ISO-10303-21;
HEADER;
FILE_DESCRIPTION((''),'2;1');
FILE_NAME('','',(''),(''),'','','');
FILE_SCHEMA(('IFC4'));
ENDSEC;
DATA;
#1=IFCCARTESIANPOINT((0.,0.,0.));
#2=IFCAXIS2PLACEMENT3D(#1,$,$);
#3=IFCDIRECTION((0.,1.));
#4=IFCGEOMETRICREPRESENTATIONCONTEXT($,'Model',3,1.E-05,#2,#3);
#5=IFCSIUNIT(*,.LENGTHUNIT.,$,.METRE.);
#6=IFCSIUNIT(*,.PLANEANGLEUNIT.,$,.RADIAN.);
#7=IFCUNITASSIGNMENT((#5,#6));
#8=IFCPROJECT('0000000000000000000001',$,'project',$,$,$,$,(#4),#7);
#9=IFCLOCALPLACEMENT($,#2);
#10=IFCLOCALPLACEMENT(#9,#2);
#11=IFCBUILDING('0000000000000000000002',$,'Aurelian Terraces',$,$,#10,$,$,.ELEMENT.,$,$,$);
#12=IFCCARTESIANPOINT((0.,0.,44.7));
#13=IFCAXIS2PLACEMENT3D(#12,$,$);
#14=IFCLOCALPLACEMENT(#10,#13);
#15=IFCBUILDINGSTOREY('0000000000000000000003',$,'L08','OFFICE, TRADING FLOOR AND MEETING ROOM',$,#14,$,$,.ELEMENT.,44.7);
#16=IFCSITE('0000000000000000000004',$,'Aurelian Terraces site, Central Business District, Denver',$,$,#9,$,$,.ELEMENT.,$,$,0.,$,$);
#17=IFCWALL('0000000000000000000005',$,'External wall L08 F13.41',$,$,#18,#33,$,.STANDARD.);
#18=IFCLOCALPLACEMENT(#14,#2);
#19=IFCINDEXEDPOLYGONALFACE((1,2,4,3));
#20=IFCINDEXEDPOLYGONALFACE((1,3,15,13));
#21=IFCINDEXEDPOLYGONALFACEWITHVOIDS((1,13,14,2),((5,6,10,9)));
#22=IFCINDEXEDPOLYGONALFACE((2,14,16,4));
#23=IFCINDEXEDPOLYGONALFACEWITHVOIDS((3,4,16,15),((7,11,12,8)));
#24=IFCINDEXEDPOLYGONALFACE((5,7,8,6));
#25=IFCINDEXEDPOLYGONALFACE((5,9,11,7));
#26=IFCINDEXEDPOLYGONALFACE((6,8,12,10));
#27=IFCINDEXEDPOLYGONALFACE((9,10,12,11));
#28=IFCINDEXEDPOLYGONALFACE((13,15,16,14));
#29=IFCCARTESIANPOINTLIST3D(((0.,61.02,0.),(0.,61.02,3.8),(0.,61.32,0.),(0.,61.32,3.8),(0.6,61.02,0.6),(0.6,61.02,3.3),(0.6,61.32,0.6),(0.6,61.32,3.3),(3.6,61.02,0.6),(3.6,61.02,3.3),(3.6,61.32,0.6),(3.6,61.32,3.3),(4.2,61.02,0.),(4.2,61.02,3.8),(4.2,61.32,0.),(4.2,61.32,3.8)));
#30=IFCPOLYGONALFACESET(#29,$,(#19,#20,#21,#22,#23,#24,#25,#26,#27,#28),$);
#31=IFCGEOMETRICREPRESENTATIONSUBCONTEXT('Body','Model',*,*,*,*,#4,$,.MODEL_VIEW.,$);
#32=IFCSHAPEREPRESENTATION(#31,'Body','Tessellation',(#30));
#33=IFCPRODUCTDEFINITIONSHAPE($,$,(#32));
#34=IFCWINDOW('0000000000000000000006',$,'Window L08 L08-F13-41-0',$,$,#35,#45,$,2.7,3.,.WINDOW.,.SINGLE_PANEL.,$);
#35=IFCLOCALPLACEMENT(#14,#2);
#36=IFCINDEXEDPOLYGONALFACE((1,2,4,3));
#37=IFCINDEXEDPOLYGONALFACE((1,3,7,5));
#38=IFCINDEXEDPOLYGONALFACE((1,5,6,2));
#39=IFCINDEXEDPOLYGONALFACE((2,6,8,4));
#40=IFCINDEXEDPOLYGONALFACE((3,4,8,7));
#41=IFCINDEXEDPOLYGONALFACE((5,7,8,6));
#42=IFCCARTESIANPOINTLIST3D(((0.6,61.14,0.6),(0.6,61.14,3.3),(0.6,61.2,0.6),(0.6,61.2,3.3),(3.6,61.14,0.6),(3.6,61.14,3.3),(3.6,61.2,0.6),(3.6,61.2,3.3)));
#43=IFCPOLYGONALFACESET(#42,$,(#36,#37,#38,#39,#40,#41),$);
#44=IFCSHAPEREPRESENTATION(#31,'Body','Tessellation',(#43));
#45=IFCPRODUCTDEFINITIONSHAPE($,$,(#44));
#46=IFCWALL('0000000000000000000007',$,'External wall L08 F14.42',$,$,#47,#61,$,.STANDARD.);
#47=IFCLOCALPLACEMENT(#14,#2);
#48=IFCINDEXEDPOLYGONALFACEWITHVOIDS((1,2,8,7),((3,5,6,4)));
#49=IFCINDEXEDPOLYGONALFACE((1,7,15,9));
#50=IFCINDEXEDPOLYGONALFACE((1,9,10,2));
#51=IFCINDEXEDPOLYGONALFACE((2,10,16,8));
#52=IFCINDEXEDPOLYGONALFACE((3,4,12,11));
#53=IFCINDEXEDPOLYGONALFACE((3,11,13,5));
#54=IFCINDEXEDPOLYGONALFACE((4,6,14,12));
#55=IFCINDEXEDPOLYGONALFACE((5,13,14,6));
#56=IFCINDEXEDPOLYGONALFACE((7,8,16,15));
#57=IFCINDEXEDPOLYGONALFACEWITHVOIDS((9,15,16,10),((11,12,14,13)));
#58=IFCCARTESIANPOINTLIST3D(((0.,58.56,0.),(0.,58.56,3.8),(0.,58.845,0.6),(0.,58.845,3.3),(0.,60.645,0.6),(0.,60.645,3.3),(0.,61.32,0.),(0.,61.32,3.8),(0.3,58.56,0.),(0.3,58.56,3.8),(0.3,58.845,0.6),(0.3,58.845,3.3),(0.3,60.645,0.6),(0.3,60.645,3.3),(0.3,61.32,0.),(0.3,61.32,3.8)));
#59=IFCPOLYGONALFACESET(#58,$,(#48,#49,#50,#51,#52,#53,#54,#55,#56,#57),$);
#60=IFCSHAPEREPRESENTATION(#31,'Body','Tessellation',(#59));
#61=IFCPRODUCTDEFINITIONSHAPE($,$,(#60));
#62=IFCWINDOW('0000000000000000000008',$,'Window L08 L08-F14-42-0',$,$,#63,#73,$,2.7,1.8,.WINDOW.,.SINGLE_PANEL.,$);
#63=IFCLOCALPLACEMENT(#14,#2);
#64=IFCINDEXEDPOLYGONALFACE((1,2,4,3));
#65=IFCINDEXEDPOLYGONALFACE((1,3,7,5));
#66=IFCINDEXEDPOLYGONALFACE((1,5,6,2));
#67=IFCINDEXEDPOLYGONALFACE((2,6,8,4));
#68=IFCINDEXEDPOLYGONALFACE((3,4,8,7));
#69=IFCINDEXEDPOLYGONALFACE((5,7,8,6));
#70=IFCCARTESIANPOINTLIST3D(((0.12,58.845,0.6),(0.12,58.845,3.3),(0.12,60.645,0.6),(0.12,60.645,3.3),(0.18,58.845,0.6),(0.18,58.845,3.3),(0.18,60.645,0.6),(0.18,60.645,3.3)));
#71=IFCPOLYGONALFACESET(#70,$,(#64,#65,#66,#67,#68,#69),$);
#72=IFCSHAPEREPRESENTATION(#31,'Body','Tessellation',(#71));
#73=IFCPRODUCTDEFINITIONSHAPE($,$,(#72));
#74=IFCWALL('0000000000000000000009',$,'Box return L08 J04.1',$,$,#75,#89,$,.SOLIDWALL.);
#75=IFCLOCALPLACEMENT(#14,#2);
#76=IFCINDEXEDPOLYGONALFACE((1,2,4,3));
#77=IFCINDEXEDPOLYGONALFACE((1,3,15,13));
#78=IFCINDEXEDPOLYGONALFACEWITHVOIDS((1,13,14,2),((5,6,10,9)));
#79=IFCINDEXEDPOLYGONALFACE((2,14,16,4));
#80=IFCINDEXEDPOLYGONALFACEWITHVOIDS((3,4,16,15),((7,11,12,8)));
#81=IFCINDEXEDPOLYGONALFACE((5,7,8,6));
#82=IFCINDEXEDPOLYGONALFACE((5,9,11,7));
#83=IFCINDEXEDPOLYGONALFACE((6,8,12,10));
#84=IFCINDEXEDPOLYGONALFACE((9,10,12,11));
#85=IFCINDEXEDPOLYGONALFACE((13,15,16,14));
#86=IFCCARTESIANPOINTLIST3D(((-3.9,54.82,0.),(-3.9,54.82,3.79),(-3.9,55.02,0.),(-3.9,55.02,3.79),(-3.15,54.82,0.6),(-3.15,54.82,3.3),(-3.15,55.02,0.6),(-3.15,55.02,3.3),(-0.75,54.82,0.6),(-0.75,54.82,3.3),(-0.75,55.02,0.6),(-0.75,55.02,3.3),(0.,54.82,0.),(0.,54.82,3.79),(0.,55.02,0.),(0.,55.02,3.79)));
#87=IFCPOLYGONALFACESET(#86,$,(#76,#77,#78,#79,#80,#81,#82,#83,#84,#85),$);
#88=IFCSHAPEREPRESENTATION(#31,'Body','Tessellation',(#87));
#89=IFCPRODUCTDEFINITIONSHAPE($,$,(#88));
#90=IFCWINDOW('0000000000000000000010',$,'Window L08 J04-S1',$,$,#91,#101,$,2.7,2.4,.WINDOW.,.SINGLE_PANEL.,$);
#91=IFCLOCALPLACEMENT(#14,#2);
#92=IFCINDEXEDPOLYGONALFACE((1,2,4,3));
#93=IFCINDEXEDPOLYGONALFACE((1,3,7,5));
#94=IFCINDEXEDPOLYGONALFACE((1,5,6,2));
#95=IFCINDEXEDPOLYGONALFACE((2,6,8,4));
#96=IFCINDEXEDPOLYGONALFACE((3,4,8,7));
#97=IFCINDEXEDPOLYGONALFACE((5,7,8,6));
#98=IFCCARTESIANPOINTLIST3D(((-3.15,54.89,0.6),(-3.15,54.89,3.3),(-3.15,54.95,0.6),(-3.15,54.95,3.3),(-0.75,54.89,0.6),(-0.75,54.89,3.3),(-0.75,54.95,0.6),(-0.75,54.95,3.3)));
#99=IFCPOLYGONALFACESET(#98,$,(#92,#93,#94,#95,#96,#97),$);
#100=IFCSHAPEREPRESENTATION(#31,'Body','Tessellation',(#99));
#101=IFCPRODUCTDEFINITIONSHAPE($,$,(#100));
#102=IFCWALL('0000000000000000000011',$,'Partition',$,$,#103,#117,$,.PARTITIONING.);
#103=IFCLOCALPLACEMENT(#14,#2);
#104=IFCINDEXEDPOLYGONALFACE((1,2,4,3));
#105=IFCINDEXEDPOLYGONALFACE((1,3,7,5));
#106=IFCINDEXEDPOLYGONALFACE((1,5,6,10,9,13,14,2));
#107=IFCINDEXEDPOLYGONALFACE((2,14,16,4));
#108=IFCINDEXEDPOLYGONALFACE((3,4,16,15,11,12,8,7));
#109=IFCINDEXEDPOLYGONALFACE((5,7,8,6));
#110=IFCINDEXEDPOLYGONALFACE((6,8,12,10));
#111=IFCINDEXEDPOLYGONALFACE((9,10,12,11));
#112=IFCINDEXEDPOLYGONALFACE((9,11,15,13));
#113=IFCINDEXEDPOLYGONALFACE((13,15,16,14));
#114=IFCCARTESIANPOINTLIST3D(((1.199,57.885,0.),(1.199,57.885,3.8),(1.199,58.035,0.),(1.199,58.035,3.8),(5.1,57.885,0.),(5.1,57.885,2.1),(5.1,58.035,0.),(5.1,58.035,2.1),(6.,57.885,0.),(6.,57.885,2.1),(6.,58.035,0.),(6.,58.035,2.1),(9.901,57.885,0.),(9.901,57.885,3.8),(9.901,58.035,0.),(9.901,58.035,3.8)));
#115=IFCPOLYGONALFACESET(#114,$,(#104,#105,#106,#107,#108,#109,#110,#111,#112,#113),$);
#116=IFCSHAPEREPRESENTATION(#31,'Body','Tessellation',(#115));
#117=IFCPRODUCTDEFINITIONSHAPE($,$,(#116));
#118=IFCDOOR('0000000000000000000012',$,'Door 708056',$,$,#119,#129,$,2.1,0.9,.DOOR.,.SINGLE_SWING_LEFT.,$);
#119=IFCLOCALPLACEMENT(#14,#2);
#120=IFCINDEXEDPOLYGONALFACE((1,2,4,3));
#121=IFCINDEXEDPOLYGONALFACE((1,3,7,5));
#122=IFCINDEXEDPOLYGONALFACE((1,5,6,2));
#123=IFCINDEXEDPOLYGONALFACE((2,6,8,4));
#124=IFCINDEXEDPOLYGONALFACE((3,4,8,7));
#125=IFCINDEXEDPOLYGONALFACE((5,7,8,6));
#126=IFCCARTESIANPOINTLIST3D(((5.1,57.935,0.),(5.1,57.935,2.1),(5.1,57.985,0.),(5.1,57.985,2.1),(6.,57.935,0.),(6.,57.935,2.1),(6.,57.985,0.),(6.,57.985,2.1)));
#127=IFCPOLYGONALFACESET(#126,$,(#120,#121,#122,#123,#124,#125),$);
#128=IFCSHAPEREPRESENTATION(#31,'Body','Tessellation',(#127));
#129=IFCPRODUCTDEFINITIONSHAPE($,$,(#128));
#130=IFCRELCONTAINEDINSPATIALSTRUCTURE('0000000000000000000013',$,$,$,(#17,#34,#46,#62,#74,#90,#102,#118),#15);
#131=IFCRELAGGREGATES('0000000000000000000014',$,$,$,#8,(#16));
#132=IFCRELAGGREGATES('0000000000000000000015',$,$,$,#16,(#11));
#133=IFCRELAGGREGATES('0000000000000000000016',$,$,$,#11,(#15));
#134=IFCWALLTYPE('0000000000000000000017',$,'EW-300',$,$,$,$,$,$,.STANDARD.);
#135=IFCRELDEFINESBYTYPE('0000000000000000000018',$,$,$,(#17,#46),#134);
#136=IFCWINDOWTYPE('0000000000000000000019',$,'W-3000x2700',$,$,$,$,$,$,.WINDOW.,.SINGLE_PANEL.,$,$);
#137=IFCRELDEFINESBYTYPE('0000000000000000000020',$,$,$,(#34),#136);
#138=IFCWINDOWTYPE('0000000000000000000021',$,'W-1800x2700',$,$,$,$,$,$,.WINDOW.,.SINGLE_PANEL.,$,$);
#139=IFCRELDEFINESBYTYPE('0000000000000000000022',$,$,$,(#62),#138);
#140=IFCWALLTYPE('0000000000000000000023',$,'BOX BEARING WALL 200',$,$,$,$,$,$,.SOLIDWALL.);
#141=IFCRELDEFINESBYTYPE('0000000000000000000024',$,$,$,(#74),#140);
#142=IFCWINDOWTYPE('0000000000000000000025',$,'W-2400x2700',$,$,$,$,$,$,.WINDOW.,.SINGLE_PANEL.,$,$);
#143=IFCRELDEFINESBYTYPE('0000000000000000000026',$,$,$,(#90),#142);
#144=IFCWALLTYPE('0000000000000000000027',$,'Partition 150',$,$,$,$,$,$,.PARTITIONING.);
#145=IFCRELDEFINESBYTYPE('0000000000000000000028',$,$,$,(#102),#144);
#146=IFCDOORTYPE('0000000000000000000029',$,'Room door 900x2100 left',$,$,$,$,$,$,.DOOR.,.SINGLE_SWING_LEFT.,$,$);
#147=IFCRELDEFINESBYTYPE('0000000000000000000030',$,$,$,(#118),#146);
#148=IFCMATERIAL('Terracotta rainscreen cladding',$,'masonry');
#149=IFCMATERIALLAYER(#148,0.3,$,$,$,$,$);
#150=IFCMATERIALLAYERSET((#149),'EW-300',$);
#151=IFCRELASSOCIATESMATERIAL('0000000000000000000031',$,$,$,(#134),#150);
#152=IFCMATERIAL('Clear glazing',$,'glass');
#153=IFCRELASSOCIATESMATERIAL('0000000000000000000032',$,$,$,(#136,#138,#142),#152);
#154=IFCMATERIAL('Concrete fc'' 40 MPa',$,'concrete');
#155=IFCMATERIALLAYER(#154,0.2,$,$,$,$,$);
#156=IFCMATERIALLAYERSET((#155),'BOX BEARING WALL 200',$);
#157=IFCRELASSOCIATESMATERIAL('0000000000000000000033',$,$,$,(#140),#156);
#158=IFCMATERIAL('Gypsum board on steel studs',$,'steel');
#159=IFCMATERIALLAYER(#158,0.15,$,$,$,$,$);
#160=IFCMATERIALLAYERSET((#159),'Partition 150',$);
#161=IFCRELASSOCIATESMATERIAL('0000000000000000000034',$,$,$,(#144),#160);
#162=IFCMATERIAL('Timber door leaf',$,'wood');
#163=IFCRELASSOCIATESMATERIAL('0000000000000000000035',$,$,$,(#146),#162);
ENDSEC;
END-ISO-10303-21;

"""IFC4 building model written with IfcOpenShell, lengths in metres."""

from ifc_helpers import new_model, si_unit, direction, frame, frame_2d, origin, place, context, subcontext, project, spatial, rectangle, extrude, source, transform, mapped, material, layer, layer_set, type_object, element, fill, save


model = new_model("IFC4")

# Units and contexts
model_context = context("Model", 3, precision=1e-05, world=origin(), true_north=direction((0.0, 1.0)))
body_context = subcontext(model_context, "Body", "Model", "MODEL_VIEW")
ifc_project = project(units=[si_unit("LENGTHUNIT", "METRE"), si_unit("PLANEANGLEUNIT", "RADIAN")], contexts=[model_context])

# Site, building, storey
site_placement = place(None, origin())
site = spatial("IfcSite", under=ifc_project, at=site_placement, Name="Aurelian Terraces site, Central Business District, Denver", CompositionType="ELEMENT", RefElevation=0.0)
building_placement = place(site_placement, origin())
building = spatial("IfcBuilding", under=site, at=building_placement, Name="Aurelian Terraces", CompositionType="ELEMENT")
storey_placement = place(building_placement, frame((0.0, 0.0, 44.7)))
storey = spatial("IfcBuildingStorey", under=building, at=storey_placement, Name="L08", Description="OFFICE, TRADING FLOOR AND MEETING ROOM", CompositionType="ELEMENT", Elevation=44.7)

# Shared definitions
ifc_material_1 = material(Name="Concrete fc' 40 MPa", Category="concrete")
ifc_material_2 = material(Name="Clear glazing", Category="glass")

# Shared definitions
ifc_material_3 = material(Name="Terracotta rainscreen cladding", Category="masonry")
ifc_layer_1 = layer(ifc_material_3, 0.3)
ifc_layer_set_1 = layer_set([ifc_layer_1], Name="EW-300")
wall_type_1 = type_object("IfcWallType", Name="EW-300", PredefinedType="STANDARD", material=ifc_layer_set_1)
ifc_material_4 = material(Name="Timber door leaf", Category="wood")

# Walls, openings, windows
shared_shape_1 = source(origin(), body_context, "Body", "SweptSolid", [
    extrude(rectangle(XDim=4.2, YDim=0.3, at=frame_2d((2.1, 0.0))), origin(), (0.0, 0.0, 1.0), 3.8),
])
wall_1_placement = place(storey_placement, frame((4.2, 61.17, 0.0), z_axis=(0.0, 0.0, 1.0), x_axis=(-1.0, 0.0, 0.0)))
wall_1 = element("IfcWall", 1, at=wall_1_placement, inside=storey, type_object=wall_type_1, Name="External wall L08 F13.41", PredefinedType="STANDARD", context=body_context, shape_type="MappedRepresentation", body=[
    mapped(shared_shape_1, transform((0.0, 0.0, 0.0), scale=1.0)),
])
shared_shape_2 = source(origin(), body_context, "Body", "SweptSolid", [
    extrude(rectangle(XDim=3.0, YDim=2.7, at=frame_2d((1.5, 1.35))), frame((0.0, 0.16, 0.0), z_axis=(0.0, -1.0, 0.0), x_axis=(1.0, 0.0, 0.0)), (0.0, 0.0, 1.0), 0.32),
])
opening_1_placement = place(wall_1_placement, frame((0.6, 0.0, 0.6)))
opening_1 = element("IfcOpeningElement", 2, at=opening_1_placement, cuts=wall_1, PredefinedType="OPENING", context=body_context, shape_type="MappedRepresentation", body=[
    mapped(shared_shape_2, transform((0.0, 0.0, 0.0), scale=1.0)),
])
window_type_1 = type_object("IfcWindowType", Name="W-3000x2700", PartitioningType="SINGLE_PANEL", PredefinedType="WINDOW", material=ifc_material_2)
shared_shape_3 = source(origin(), body_context, "Body", "SweptSolid", [
    extrude(rectangle(XDim=3.0, YDim=2.7, at=frame_2d((1.5, 1.35))), frame((0.0, 0.03, 0.0), z_axis=(0.0, -1.0, 0.0), x_axis=(1.0, 0.0, 0.0)), (0.0, 0.0, 1.0), 0.06),
])
window_1_placement = place(opening_1_placement, origin())
window_1 = element("IfcWindow", 3, at=window_1_placement, inside=storey, type_object=window_type_1, Name="Window L08 L08-F13-41-0", OverallHeight=2.7, OverallWidth=3.0, PartitioningType="SINGLE_PANEL", PredefinedType="WINDOW", context=body_context, shape_type="MappedRepresentation", body=[
    mapped(shared_shape_3, transform((0.0, 0.0, 0.0), scale=1.0)),
])
fill(opening_1, window_1)
shared_shape_4 = source(origin(), body_context, "Body", "SweptSolid", [
    extrude(rectangle(XDim=2.76, YDim=0.3, at=frame_2d((1.38, 0.0))), origin(), (0.0, 0.0, 1.0), 3.8),
])
wall_2_placement = place(storey_placement, frame((0.15, 61.32, 0.0), z_axis=(0.0, 0.0, 1.0), x_axis=(0.0, -1.0, 0.0)))
wall_2 = element("IfcWall", 4, at=wall_2_placement, inside=storey, type_object=wall_type_1, Name="External wall L08 F14.42", PredefinedType="STANDARD", context=body_context, shape_type="MappedRepresentation", body=[
    mapped(shared_shape_4, transform((0.0, 0.0, 0.0), scale=1.0)),
])
shared_shape_5 = source(origin(), body_context, "Body", "SweptSolid", [
    extrude(rectangle(XDim=1.8, YDim=2.7, at=frame_2d((0.9, 1.35))), frame((0.0, 0.16, 0.0), z_axis=(0.0, -1.0, 0.0), x_axis=(1.0, 0.0, 0.0)), (0.0, 0.0, 1.0), 0.32),
])
opening_2_placement = place(wall_2_placement, frame((0.675, 0.0, 0.6)))
opening_2 = element("IfcOpeningElement", 5, at=opening_2_placement, cuts=wall_2, PredefinedType="OPENING", context=body_context, shape_type="MappedRepresentation", body=[
    mapped(shared_shape_5, transform((0.0, 0.0, 0.0), scale=1.0)),
])
window_type_2 = type_object("IfcWindowType", Name="W-1800x2700", PartitioningType="SINGLE_PANEL", PredefinedType="WINDOW", material=ifc_material_2)
shared_shape_6 = source(origin(), body_context, "Body", "SweptSolid", [
    extrude(rectangle(XDim=1.8, YDim=2.7, at=frame_2d((0.9, 1.35))), frame((0.0, 0.03, 0.0), z_axis=(0.0, -1.0, 0.0), x_axis=(1.0, 0.0, 0.0)), (0.0, 0.0, 1.0), 0.06),
])
window_2_placement = place(opening_2_placement, origin())
window_2 = element("IfcWindow", 6, at=window_2_placement, inside=storey, type_object=window_type_2, Name="Window L08 L08-F14-42-0", OverallHeight=2.7, OverallWidth=1.8, PartitioningType="SINGLE_PANEL", PredefinedType="WINDOW", context=body_context, shape_type="MappedRepresentation", body=[
    mapped(shared_shape_6, transform((0.0, 0.0, 0.0), scale=1.0)),
])
fill(opening_2, window_2)
ifc_layer_2 = layer(ifc_material_1, 0.2)
ifc_layer_set_2 = layer_set([ifc_layer_2], Name="BOX BEARING WALL 200")
wall_type_2 = type_object("IfcWallType", Name="BOX BEARING WALL 200", PredefinedType="SOLIDWALL", material=ifc_layer_set_2)
shared_shape_7 = source(origin(), body_context, "Body", "SweptSolid", [
    extrude(rectangle(XDim=3.9, YDim=0.2, at=frame_2d((1.95, 0.0))), origin(), (0.0, 0.0, 1.0), 3.79),
])
wall_3_placement = place(storey_placement, frame((0.0, 54.92, 0.0), z_axis=(0.0, 0.0, 1.0), x_axis=(-1.0, 0.0, 0.0)))
wall_3 = element("IfcWall", 7, at=wall_3_placement, inside=storey, type_object=wall_type_2, Name="Box return L08 J04.1", PredefinedType="SOLIDWALL", context=body_context, shape_type="MappedRepresentation", body=[
    mapped(shared_shape_7, transform((0.0, 0.0, 0.0), scale=1.0)),
])
shared_shape_8 = source(origin(), body_context, "Body", "SweptSolid", [
    extrude(rectangle(XDim=2.4, YDim=2.7, at=frame_2d((1.2, 1.35))), frame((0.0, 0.11, 0.0), z_axis=(0.0, -1.0, 0.0), x_axis=(1.0, 0.0, 0.0)), (0.0, 0.0, 1.0), 0.22),
])
opening_3_placement = place(wall_3_placement, frame((0.75, 0.0, 0.6)))
opening_3 = element("IfcOpeningElement", 8, at=opening_3_placement, cuts=wall_3, PredefinedType="OPENING", context=body_context, shape_type="MappedRepresentation", body=[
    mapped(shared_shape_8, transform((0.0, 0.0, 0.0), scale=1.0)),
])
window_type_3 = type_object("IfcWindowType", Name="W-2400x2700", PartitioningType="SINGLE_PANEL", PredefinedType="WINDOW", material=ifc_material_2)
shared_shape_9 = source(origin(), body_context, "Body", "SweptSolid", [
    extrude(rectangle(XDim=2.4, YDim=2.7, at=frame_2d((1.2, 1.35))), frame((0.0, 0.03, 0.0), z_axis=(0.0, -1.0, 0.0), x_axis=(1.0, 0.0, 0.0)), (0.0, 0.0, 1.0), 0.06),
])
window_3_placement = place(opening_3_placement, origin())
window_3 = element("IfcWindow", 9, at=window_3_placement, inside=storey, type_object=window_type_3, Name="Window L08 J04-S1", OverallHeight=2.7, OverallWidth=2.4, PartitioningType="SINGLE_PANEL", PredefinedType="WINDOW", context=body_context, shape_type="MappedRepresentation", body=[
    mapped(shared_shape_9, transform((0.0, 0.0, 0.0), scale=1.0)),
])
fill(opening_3, window_3)

# Wall, opening, door
ifc_material_5 = material(Name="Gypsum board on steel studs", Category="steel")
ifc_layer_3 = layer(ifc_material_5, 0.15)
ifc_layer_set_3 = layer_set([ifc_layer_3], Name="Partition 150")
wall_type_3 = type_object("IfcWallType", Name="Partition 150", PredefinedType="PARTITIONING", material=ifc_layer_set_3)
shared_shape_10 = source(origin(), body_context, "Body", "SweptSolid", [
    extrude(rectangle(XDim=8.702, YDim=0.15, at=frame_2d((4.351, 0.0))), origin(), (0.0, 0.0, 1.0), 3.8),
])
wall_4_placement = place(storey_placement, frame((9.901, 57.96, 0.0), z_axis=(0.0, 0.0, 1.0), x_axis=(-1.0, 0.0, 0.0)))
wall_4 = element("IfcWall", 10, at=wall_4_placement, inside=storey, type_object=wall_type_3, Name="Partition", PredefinedType="PARTITIONING", context=body_context, shape_type="MappedRepresentation", body=[
    mapped(shared_shape_10, transform((0.0, 0.0, 0.0), scale=1.0)),
])
shared_shape_11 = source(origin(), body_context, "Body", "SweptSolid", [
    extrude(rectangle(XDim=0.9, YDim=2.1, at=frame_2d((0.45, 1.05))), frame((0.0, 0.085, 0.0), z_axis=(0.0, -1.0, 0.0), x_axis=(1.0, 0.0, 0.0)), (0.0, 0.0, 1.0), 0.17),
])
opening_4_placement = place(wall_4_placement, frame((3.901, 0.0, 0.0)))
opening_4 = element("IfcOpeningElement", 11, at=opening_4_placement, cuts=wall_4, PredefinedType="OPENING", context=body_context, shape_type="MappedRepresentation", body=[
    mapped(shared_shape_11, transform((0.0, 0.0, 0.0), scale=1.0)),
])
door_type_1 = type_object("IfcDoorType", Name="Room door 900x2100 left", OperationType="SINGLE_SWING_LEFT", PredefinedType="DOOR", material=ifc_material_4)
shared_shape_12 = source(origin(), body_context, "Body", "SweptSolid", [
    extrude(rectangle(XDim=0.9, YDim=2.1, at=frame_2d((0.45, 1.05))), frame((0.0, 0.025, 0.0), z_axis=(0.0, -1.0, 0.0), x_axis=(1.0, 0.0, 0.0)), (0.0, 0.0, 1.0), 0.05),
])
door_1_placement = place(opening_4_placement, origin())
door_1 = element("IfcDoor", 12, at=door_1_placement, inside=storey, type_object=door_type_1, Name="Door 708056", OperationType="SINGLE_SWING_LEFT", OverallHeight=2.1, OverallWidth=0.9, PredefinedType="DOOR", context=body_context, shape_type="MappedRepresentation", body=[
    mapped(shared_shape_12, transform((0.0, 0.0, 0.0), scale=1.0)),
])
fill(opening_4, door_1)

save(model, "model.ifc")
